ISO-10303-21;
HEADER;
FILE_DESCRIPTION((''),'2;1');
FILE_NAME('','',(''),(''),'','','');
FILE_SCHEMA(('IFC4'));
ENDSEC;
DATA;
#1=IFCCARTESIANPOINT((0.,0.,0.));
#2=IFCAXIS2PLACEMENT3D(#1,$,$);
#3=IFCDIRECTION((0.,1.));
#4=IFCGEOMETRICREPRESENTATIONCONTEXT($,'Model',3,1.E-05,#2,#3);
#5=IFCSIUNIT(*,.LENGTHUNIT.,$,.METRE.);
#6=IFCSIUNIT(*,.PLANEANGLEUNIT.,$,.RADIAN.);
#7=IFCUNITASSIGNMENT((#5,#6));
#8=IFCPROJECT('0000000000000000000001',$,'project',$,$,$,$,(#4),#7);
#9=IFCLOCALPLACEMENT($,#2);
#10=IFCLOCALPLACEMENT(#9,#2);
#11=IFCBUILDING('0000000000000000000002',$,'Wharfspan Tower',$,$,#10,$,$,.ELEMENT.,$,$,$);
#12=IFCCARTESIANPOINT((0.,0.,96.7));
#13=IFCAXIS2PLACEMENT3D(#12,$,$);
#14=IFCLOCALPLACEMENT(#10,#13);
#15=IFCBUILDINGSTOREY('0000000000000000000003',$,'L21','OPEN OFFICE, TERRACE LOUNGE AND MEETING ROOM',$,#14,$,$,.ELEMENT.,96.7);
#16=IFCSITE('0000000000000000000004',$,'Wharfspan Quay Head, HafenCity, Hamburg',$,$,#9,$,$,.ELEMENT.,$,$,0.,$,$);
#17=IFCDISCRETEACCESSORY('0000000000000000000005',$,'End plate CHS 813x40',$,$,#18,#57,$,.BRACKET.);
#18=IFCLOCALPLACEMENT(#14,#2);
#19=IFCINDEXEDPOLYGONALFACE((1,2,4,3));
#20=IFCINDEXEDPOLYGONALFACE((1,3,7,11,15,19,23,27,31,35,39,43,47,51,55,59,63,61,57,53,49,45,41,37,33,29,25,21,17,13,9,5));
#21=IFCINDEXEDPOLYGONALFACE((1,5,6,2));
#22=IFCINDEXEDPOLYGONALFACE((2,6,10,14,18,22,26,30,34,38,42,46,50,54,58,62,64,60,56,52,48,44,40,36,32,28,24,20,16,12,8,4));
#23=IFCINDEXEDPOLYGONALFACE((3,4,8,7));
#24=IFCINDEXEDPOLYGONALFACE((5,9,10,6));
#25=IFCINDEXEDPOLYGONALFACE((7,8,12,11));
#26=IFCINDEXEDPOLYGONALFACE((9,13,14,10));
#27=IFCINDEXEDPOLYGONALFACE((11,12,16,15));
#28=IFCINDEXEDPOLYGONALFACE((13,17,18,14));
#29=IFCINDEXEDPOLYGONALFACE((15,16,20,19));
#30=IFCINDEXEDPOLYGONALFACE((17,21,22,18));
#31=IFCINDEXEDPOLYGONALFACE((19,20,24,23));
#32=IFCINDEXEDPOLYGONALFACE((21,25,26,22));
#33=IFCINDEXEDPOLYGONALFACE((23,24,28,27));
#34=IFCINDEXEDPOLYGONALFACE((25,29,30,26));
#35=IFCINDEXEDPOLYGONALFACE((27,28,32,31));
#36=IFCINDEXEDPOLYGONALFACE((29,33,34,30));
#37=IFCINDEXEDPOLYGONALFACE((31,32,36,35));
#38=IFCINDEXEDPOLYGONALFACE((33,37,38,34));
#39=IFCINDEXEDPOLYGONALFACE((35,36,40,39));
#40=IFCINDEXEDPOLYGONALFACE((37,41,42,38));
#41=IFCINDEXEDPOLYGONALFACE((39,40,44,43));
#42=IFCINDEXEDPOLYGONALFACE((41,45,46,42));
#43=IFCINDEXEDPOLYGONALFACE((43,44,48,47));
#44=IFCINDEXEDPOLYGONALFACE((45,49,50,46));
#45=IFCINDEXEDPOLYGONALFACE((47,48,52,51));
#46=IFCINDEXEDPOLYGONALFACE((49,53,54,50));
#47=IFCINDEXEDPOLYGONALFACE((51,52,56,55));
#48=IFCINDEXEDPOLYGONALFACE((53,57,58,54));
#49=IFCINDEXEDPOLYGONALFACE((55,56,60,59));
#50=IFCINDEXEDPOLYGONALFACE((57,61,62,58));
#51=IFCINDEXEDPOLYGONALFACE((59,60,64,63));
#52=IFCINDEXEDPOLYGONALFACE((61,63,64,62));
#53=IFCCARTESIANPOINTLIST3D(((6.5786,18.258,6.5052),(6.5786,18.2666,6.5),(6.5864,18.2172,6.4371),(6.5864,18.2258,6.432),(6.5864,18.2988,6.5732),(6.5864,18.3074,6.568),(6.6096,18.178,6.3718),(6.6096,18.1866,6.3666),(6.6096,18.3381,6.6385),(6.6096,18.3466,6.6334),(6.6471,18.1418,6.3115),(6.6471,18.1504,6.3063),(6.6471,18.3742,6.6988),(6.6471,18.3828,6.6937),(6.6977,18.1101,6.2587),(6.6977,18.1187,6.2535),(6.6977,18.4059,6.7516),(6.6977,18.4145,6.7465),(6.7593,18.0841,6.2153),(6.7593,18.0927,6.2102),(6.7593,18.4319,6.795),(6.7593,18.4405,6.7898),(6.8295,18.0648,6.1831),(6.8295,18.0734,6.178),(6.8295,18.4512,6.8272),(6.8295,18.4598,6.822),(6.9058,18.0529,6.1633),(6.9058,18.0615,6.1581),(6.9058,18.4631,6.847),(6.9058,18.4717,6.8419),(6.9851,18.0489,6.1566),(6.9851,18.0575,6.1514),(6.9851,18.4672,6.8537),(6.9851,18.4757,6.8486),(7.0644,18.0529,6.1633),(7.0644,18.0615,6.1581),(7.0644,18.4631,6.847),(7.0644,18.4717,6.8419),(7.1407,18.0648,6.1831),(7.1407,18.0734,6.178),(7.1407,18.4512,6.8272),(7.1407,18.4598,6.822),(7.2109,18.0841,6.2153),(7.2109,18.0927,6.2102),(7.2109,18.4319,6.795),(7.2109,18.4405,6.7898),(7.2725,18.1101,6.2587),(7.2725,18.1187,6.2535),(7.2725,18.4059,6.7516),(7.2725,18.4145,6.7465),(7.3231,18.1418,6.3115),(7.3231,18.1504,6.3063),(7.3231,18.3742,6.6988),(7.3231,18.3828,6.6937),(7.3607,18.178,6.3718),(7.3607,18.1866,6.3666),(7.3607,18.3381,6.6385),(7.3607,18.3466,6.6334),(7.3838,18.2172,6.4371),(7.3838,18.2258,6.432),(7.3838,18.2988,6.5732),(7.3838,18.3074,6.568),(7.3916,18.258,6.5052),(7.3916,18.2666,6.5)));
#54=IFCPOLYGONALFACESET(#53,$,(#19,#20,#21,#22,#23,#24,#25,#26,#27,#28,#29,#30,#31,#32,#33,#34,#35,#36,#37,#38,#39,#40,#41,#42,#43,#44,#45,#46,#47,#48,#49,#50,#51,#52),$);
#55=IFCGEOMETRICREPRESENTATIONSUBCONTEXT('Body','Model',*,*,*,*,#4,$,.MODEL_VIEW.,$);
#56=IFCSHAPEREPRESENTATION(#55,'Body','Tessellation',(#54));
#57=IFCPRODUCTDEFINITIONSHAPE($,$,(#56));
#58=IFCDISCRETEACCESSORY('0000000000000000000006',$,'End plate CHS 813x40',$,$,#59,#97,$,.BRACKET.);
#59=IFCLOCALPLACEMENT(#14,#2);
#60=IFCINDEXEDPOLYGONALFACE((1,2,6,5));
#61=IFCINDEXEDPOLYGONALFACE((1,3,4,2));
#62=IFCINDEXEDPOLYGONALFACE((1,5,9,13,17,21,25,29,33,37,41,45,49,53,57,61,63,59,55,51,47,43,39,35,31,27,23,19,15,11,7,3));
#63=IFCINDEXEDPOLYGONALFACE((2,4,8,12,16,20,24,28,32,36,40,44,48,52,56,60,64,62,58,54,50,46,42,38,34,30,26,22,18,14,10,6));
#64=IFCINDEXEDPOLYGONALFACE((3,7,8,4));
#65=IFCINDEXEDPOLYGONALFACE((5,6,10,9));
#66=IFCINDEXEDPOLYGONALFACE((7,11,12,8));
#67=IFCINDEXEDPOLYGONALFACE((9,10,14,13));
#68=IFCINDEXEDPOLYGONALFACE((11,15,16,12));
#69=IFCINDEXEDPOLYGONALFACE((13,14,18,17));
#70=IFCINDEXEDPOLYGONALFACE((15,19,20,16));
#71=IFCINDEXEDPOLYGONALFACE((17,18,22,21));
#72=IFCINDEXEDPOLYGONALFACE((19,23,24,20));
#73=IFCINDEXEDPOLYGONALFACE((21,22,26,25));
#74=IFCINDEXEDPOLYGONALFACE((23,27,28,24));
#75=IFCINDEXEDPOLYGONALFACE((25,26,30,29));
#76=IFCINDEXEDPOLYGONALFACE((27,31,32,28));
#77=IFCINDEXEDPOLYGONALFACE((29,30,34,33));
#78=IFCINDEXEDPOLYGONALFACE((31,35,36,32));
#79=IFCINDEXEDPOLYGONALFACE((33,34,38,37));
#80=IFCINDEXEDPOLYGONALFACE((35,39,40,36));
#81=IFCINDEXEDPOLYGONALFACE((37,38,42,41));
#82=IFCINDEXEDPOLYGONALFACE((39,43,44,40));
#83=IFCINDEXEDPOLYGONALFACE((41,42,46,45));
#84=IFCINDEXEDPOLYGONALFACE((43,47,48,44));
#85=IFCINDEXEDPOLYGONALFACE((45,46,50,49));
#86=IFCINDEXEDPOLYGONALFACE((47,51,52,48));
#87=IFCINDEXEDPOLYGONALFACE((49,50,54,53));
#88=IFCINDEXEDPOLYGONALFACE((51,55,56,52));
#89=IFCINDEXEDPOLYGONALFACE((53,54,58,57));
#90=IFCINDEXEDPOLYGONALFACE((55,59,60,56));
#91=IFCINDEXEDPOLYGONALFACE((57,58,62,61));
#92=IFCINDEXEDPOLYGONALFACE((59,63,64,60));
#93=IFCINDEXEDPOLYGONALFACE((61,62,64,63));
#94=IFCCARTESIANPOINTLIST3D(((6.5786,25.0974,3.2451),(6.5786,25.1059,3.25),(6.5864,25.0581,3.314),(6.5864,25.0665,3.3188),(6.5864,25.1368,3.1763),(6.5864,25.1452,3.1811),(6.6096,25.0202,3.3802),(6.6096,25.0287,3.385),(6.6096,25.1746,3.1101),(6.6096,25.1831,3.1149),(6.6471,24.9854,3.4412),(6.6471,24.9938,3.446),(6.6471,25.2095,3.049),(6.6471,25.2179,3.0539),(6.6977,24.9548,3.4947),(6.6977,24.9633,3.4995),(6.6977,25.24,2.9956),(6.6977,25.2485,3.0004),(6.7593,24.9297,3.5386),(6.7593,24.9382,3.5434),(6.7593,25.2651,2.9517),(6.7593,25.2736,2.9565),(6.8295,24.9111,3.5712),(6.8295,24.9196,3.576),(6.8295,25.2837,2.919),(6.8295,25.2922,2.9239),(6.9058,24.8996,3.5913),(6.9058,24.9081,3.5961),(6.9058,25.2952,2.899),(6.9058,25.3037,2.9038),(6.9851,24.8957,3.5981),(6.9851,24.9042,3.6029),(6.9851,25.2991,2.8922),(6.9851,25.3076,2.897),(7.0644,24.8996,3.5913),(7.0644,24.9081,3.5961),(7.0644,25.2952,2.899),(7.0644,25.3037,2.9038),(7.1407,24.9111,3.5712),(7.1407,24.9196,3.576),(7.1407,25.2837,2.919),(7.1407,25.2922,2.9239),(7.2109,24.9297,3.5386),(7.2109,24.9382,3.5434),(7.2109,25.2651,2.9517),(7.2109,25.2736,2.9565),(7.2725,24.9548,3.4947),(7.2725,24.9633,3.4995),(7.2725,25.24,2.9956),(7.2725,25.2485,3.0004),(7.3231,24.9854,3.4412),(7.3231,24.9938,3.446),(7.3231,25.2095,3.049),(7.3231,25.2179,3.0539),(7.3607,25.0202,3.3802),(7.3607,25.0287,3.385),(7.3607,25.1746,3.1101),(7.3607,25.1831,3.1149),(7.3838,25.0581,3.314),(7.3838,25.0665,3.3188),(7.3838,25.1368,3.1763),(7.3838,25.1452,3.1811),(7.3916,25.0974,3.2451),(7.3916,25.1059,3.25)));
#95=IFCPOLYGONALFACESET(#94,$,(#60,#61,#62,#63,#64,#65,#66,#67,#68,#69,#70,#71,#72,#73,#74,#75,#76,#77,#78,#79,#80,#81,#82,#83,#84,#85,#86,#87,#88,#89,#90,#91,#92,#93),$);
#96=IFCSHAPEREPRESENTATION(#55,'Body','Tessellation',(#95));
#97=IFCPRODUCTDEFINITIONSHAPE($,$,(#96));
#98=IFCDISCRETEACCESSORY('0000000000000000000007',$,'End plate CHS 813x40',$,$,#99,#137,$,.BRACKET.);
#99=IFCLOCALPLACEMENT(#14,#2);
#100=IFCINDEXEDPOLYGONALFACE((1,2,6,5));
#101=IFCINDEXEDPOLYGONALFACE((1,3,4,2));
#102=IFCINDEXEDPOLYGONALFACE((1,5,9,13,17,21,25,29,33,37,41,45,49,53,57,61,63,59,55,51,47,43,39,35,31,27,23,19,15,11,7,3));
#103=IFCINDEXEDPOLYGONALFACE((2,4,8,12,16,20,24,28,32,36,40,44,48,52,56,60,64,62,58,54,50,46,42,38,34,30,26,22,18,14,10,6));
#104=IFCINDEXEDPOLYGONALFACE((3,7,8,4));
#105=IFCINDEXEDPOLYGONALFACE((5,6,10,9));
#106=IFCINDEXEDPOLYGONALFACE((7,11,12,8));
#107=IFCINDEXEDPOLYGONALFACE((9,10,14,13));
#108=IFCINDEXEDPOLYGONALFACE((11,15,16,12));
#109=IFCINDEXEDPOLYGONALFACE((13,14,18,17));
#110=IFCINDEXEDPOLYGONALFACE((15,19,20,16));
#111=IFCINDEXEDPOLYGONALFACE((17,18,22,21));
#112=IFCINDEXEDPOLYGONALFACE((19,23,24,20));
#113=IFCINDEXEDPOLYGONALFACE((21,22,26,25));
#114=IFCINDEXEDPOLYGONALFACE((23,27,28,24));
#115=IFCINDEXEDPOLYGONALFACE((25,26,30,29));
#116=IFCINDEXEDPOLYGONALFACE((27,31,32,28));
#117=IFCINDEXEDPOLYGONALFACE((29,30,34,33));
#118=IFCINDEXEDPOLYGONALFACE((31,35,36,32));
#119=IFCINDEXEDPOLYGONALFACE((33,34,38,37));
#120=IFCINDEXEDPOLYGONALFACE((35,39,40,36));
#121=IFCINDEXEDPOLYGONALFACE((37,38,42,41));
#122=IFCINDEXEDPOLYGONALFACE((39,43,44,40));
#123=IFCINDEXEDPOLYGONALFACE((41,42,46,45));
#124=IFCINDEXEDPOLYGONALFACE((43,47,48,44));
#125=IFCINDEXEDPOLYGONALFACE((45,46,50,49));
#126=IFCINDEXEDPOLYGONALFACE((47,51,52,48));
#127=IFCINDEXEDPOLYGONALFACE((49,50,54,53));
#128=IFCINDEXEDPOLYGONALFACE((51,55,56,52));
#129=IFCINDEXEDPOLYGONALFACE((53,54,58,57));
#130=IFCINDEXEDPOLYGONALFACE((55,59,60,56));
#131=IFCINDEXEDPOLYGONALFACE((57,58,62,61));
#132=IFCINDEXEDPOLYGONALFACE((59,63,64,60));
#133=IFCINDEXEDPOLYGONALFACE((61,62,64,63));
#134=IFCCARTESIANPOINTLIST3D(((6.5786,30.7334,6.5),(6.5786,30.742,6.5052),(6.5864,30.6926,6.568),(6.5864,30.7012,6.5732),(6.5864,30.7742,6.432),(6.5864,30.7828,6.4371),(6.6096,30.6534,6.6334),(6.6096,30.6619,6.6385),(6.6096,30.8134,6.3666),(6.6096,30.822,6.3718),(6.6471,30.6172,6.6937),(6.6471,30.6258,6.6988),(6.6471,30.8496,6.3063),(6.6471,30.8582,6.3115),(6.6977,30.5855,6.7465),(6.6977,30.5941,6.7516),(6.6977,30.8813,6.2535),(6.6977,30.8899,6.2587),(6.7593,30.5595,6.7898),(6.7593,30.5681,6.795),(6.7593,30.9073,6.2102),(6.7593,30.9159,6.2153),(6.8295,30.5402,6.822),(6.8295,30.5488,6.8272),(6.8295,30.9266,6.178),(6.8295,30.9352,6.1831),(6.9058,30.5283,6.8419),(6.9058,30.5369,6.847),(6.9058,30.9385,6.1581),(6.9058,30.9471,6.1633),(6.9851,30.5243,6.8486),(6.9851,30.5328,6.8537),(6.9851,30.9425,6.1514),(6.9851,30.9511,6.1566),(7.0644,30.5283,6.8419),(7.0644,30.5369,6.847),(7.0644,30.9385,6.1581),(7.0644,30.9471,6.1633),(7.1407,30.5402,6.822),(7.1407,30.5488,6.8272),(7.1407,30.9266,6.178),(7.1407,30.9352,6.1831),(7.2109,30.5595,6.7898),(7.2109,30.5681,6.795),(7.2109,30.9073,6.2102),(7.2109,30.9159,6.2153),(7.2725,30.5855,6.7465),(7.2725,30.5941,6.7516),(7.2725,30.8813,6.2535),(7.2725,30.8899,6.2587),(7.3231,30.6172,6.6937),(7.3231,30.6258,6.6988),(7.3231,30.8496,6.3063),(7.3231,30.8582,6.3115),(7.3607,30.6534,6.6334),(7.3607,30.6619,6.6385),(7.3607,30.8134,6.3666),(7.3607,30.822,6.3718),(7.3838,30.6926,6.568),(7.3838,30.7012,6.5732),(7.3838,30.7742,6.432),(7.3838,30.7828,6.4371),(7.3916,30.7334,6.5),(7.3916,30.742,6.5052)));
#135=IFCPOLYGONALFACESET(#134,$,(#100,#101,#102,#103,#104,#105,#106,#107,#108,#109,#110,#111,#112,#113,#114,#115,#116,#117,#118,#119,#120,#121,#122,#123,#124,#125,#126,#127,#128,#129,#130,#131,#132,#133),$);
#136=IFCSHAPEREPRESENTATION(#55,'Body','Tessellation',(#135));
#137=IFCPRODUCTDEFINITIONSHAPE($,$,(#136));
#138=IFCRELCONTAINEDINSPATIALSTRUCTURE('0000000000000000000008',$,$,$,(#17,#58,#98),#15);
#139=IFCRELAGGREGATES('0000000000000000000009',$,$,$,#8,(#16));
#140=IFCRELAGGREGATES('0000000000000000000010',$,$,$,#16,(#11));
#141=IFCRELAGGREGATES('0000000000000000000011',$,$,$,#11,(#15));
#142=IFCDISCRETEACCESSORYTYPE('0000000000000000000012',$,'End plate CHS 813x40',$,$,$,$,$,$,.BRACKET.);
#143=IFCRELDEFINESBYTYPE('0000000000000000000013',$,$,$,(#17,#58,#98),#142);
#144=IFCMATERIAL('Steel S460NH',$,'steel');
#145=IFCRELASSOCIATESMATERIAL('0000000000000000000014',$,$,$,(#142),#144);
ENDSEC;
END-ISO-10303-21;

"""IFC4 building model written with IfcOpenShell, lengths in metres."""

from ifc_helpers import new_model, si_unit, direction, frame, origin, origin_2d, place, context, subcontext, project, spatial, circle, extrude, material, material_profile, profile_set, type_object, element, save


model = new_model("IFC4")

# Units and contexts
model_context = context("Model", 3, precision=1e-05, world=origin(), true_north=direction((0.0, 1.0)))
body_context = subcontext(model_context, "Body", "Model", "MODEL_VIEW")
ifc_project = project(units=[si_unit("LENGTHUNIT", "METRE"), si_unit("PLANEANGLEUNIT", "RADIAN")], contexts=[model_context])

# Site, building, storey
site_placement = place(None, origin())
site = spatial("IfcSite", under=ifc_project, at=site_placement, Name="Wharfspan Quay Head, HafenCity, Hamburg", CompositionType="ELEMENT", RefElevation=0.0)
building_placement = place(site_placement, origin())
building = spatial("IfcBuilding", under=site, at=building_placement, Name="Wharfspan Tower", CompositionType="ELEMENT")
storey_placement = place(building_placement, frame((0.0, 0.0, 96.7)))
storey = spatial("IfcBuildingStorey", under=building, at=storey_placement, Name="L21", Description="OPEN OFFICE, TERRACE LOUNGE AND MEETING ROOM", CompositionType="ELEMENT", Elevation=96.7)

# Shared definitions
ifc_material_1 = material(Name="Steel S460NH", Category="steel")

# Discrete accessories
ifc_material_profile_1 = material_profile(ifc_material_1, circle(Radius=0.4065, at=origin_2d()))
ifc_profile_set_1 = profile_set([ifc_material_profile_1], Name="Steel S460NH")
discrete_accessory_type = type_object("IfcDiscreteAccessoryType", Name="End plate CHS 813x40", PredefinedType="BRACKET", material=ifc_profile_set_1)
discrete_accessory_1_placement = place(storey_placement, frame((6.9851, 18.2666, 6.5), z_axis=(0.0, -0.857493, 0.514496), x_axis=(1.0, 0.0, 0.0)))
element("IfcDiscreteAccessory", 1, at=discrete_accessory_1_placement, inside=storey, type_object=discrete_accessory_type, Name="End plate CHS 813x40", PredefinedType="BRACKET", context=body_context, shape_type="SweptSolid", body=[
    extrude(circle(Radius=0.4065, at=origin_2d()), origin(), (0.0, 0.0, 1.0), 0.01),
])
discrete_accessory_2_placement = place(storey_placement, frame((6.9851, 25.0974, 3.2451), z_axis=(0.0, 0.868243, 0.496139), x_axis=(-1.0, 0.0, 0.0)))
element("IfcDiscreteAccessory", 2, at=discrete_accessory_2_placement, inside=storey, type_object=discrete_accessory_type, Name="End plate CHS 813x40", PredefinedType="BRACKET", context=body_context, shape_type="SweptSolid", body=[
    extrude(circle(Radius=0.4065, at=origin_2d()), origin(), (0.0, 0.0, 1.0), 0.0098),
])
discrete_accessory_3_placement = place(storey_placement, frame((6.9851, 30.7334, 6.5), z_axis=(0.0, 0.857493, 0.514496), x_axis=(-1.0, 0.0, 0.0)))
element("IfcDiscreteAccessory", 3, at=discrete_accessory_3_placement, inside=storey, type_object=discrete_accessory_type, Name="End plate CHS 813x40", PredefinedType="BRACKET", context=body_context, shape_type="SweptSolid", body=[
    extrude(circle(Radius=0.4065, at=origin_2d()), origin(), (0.0, 0.0, 1.0), 0.01),
])

save(model, "model.ifc")
